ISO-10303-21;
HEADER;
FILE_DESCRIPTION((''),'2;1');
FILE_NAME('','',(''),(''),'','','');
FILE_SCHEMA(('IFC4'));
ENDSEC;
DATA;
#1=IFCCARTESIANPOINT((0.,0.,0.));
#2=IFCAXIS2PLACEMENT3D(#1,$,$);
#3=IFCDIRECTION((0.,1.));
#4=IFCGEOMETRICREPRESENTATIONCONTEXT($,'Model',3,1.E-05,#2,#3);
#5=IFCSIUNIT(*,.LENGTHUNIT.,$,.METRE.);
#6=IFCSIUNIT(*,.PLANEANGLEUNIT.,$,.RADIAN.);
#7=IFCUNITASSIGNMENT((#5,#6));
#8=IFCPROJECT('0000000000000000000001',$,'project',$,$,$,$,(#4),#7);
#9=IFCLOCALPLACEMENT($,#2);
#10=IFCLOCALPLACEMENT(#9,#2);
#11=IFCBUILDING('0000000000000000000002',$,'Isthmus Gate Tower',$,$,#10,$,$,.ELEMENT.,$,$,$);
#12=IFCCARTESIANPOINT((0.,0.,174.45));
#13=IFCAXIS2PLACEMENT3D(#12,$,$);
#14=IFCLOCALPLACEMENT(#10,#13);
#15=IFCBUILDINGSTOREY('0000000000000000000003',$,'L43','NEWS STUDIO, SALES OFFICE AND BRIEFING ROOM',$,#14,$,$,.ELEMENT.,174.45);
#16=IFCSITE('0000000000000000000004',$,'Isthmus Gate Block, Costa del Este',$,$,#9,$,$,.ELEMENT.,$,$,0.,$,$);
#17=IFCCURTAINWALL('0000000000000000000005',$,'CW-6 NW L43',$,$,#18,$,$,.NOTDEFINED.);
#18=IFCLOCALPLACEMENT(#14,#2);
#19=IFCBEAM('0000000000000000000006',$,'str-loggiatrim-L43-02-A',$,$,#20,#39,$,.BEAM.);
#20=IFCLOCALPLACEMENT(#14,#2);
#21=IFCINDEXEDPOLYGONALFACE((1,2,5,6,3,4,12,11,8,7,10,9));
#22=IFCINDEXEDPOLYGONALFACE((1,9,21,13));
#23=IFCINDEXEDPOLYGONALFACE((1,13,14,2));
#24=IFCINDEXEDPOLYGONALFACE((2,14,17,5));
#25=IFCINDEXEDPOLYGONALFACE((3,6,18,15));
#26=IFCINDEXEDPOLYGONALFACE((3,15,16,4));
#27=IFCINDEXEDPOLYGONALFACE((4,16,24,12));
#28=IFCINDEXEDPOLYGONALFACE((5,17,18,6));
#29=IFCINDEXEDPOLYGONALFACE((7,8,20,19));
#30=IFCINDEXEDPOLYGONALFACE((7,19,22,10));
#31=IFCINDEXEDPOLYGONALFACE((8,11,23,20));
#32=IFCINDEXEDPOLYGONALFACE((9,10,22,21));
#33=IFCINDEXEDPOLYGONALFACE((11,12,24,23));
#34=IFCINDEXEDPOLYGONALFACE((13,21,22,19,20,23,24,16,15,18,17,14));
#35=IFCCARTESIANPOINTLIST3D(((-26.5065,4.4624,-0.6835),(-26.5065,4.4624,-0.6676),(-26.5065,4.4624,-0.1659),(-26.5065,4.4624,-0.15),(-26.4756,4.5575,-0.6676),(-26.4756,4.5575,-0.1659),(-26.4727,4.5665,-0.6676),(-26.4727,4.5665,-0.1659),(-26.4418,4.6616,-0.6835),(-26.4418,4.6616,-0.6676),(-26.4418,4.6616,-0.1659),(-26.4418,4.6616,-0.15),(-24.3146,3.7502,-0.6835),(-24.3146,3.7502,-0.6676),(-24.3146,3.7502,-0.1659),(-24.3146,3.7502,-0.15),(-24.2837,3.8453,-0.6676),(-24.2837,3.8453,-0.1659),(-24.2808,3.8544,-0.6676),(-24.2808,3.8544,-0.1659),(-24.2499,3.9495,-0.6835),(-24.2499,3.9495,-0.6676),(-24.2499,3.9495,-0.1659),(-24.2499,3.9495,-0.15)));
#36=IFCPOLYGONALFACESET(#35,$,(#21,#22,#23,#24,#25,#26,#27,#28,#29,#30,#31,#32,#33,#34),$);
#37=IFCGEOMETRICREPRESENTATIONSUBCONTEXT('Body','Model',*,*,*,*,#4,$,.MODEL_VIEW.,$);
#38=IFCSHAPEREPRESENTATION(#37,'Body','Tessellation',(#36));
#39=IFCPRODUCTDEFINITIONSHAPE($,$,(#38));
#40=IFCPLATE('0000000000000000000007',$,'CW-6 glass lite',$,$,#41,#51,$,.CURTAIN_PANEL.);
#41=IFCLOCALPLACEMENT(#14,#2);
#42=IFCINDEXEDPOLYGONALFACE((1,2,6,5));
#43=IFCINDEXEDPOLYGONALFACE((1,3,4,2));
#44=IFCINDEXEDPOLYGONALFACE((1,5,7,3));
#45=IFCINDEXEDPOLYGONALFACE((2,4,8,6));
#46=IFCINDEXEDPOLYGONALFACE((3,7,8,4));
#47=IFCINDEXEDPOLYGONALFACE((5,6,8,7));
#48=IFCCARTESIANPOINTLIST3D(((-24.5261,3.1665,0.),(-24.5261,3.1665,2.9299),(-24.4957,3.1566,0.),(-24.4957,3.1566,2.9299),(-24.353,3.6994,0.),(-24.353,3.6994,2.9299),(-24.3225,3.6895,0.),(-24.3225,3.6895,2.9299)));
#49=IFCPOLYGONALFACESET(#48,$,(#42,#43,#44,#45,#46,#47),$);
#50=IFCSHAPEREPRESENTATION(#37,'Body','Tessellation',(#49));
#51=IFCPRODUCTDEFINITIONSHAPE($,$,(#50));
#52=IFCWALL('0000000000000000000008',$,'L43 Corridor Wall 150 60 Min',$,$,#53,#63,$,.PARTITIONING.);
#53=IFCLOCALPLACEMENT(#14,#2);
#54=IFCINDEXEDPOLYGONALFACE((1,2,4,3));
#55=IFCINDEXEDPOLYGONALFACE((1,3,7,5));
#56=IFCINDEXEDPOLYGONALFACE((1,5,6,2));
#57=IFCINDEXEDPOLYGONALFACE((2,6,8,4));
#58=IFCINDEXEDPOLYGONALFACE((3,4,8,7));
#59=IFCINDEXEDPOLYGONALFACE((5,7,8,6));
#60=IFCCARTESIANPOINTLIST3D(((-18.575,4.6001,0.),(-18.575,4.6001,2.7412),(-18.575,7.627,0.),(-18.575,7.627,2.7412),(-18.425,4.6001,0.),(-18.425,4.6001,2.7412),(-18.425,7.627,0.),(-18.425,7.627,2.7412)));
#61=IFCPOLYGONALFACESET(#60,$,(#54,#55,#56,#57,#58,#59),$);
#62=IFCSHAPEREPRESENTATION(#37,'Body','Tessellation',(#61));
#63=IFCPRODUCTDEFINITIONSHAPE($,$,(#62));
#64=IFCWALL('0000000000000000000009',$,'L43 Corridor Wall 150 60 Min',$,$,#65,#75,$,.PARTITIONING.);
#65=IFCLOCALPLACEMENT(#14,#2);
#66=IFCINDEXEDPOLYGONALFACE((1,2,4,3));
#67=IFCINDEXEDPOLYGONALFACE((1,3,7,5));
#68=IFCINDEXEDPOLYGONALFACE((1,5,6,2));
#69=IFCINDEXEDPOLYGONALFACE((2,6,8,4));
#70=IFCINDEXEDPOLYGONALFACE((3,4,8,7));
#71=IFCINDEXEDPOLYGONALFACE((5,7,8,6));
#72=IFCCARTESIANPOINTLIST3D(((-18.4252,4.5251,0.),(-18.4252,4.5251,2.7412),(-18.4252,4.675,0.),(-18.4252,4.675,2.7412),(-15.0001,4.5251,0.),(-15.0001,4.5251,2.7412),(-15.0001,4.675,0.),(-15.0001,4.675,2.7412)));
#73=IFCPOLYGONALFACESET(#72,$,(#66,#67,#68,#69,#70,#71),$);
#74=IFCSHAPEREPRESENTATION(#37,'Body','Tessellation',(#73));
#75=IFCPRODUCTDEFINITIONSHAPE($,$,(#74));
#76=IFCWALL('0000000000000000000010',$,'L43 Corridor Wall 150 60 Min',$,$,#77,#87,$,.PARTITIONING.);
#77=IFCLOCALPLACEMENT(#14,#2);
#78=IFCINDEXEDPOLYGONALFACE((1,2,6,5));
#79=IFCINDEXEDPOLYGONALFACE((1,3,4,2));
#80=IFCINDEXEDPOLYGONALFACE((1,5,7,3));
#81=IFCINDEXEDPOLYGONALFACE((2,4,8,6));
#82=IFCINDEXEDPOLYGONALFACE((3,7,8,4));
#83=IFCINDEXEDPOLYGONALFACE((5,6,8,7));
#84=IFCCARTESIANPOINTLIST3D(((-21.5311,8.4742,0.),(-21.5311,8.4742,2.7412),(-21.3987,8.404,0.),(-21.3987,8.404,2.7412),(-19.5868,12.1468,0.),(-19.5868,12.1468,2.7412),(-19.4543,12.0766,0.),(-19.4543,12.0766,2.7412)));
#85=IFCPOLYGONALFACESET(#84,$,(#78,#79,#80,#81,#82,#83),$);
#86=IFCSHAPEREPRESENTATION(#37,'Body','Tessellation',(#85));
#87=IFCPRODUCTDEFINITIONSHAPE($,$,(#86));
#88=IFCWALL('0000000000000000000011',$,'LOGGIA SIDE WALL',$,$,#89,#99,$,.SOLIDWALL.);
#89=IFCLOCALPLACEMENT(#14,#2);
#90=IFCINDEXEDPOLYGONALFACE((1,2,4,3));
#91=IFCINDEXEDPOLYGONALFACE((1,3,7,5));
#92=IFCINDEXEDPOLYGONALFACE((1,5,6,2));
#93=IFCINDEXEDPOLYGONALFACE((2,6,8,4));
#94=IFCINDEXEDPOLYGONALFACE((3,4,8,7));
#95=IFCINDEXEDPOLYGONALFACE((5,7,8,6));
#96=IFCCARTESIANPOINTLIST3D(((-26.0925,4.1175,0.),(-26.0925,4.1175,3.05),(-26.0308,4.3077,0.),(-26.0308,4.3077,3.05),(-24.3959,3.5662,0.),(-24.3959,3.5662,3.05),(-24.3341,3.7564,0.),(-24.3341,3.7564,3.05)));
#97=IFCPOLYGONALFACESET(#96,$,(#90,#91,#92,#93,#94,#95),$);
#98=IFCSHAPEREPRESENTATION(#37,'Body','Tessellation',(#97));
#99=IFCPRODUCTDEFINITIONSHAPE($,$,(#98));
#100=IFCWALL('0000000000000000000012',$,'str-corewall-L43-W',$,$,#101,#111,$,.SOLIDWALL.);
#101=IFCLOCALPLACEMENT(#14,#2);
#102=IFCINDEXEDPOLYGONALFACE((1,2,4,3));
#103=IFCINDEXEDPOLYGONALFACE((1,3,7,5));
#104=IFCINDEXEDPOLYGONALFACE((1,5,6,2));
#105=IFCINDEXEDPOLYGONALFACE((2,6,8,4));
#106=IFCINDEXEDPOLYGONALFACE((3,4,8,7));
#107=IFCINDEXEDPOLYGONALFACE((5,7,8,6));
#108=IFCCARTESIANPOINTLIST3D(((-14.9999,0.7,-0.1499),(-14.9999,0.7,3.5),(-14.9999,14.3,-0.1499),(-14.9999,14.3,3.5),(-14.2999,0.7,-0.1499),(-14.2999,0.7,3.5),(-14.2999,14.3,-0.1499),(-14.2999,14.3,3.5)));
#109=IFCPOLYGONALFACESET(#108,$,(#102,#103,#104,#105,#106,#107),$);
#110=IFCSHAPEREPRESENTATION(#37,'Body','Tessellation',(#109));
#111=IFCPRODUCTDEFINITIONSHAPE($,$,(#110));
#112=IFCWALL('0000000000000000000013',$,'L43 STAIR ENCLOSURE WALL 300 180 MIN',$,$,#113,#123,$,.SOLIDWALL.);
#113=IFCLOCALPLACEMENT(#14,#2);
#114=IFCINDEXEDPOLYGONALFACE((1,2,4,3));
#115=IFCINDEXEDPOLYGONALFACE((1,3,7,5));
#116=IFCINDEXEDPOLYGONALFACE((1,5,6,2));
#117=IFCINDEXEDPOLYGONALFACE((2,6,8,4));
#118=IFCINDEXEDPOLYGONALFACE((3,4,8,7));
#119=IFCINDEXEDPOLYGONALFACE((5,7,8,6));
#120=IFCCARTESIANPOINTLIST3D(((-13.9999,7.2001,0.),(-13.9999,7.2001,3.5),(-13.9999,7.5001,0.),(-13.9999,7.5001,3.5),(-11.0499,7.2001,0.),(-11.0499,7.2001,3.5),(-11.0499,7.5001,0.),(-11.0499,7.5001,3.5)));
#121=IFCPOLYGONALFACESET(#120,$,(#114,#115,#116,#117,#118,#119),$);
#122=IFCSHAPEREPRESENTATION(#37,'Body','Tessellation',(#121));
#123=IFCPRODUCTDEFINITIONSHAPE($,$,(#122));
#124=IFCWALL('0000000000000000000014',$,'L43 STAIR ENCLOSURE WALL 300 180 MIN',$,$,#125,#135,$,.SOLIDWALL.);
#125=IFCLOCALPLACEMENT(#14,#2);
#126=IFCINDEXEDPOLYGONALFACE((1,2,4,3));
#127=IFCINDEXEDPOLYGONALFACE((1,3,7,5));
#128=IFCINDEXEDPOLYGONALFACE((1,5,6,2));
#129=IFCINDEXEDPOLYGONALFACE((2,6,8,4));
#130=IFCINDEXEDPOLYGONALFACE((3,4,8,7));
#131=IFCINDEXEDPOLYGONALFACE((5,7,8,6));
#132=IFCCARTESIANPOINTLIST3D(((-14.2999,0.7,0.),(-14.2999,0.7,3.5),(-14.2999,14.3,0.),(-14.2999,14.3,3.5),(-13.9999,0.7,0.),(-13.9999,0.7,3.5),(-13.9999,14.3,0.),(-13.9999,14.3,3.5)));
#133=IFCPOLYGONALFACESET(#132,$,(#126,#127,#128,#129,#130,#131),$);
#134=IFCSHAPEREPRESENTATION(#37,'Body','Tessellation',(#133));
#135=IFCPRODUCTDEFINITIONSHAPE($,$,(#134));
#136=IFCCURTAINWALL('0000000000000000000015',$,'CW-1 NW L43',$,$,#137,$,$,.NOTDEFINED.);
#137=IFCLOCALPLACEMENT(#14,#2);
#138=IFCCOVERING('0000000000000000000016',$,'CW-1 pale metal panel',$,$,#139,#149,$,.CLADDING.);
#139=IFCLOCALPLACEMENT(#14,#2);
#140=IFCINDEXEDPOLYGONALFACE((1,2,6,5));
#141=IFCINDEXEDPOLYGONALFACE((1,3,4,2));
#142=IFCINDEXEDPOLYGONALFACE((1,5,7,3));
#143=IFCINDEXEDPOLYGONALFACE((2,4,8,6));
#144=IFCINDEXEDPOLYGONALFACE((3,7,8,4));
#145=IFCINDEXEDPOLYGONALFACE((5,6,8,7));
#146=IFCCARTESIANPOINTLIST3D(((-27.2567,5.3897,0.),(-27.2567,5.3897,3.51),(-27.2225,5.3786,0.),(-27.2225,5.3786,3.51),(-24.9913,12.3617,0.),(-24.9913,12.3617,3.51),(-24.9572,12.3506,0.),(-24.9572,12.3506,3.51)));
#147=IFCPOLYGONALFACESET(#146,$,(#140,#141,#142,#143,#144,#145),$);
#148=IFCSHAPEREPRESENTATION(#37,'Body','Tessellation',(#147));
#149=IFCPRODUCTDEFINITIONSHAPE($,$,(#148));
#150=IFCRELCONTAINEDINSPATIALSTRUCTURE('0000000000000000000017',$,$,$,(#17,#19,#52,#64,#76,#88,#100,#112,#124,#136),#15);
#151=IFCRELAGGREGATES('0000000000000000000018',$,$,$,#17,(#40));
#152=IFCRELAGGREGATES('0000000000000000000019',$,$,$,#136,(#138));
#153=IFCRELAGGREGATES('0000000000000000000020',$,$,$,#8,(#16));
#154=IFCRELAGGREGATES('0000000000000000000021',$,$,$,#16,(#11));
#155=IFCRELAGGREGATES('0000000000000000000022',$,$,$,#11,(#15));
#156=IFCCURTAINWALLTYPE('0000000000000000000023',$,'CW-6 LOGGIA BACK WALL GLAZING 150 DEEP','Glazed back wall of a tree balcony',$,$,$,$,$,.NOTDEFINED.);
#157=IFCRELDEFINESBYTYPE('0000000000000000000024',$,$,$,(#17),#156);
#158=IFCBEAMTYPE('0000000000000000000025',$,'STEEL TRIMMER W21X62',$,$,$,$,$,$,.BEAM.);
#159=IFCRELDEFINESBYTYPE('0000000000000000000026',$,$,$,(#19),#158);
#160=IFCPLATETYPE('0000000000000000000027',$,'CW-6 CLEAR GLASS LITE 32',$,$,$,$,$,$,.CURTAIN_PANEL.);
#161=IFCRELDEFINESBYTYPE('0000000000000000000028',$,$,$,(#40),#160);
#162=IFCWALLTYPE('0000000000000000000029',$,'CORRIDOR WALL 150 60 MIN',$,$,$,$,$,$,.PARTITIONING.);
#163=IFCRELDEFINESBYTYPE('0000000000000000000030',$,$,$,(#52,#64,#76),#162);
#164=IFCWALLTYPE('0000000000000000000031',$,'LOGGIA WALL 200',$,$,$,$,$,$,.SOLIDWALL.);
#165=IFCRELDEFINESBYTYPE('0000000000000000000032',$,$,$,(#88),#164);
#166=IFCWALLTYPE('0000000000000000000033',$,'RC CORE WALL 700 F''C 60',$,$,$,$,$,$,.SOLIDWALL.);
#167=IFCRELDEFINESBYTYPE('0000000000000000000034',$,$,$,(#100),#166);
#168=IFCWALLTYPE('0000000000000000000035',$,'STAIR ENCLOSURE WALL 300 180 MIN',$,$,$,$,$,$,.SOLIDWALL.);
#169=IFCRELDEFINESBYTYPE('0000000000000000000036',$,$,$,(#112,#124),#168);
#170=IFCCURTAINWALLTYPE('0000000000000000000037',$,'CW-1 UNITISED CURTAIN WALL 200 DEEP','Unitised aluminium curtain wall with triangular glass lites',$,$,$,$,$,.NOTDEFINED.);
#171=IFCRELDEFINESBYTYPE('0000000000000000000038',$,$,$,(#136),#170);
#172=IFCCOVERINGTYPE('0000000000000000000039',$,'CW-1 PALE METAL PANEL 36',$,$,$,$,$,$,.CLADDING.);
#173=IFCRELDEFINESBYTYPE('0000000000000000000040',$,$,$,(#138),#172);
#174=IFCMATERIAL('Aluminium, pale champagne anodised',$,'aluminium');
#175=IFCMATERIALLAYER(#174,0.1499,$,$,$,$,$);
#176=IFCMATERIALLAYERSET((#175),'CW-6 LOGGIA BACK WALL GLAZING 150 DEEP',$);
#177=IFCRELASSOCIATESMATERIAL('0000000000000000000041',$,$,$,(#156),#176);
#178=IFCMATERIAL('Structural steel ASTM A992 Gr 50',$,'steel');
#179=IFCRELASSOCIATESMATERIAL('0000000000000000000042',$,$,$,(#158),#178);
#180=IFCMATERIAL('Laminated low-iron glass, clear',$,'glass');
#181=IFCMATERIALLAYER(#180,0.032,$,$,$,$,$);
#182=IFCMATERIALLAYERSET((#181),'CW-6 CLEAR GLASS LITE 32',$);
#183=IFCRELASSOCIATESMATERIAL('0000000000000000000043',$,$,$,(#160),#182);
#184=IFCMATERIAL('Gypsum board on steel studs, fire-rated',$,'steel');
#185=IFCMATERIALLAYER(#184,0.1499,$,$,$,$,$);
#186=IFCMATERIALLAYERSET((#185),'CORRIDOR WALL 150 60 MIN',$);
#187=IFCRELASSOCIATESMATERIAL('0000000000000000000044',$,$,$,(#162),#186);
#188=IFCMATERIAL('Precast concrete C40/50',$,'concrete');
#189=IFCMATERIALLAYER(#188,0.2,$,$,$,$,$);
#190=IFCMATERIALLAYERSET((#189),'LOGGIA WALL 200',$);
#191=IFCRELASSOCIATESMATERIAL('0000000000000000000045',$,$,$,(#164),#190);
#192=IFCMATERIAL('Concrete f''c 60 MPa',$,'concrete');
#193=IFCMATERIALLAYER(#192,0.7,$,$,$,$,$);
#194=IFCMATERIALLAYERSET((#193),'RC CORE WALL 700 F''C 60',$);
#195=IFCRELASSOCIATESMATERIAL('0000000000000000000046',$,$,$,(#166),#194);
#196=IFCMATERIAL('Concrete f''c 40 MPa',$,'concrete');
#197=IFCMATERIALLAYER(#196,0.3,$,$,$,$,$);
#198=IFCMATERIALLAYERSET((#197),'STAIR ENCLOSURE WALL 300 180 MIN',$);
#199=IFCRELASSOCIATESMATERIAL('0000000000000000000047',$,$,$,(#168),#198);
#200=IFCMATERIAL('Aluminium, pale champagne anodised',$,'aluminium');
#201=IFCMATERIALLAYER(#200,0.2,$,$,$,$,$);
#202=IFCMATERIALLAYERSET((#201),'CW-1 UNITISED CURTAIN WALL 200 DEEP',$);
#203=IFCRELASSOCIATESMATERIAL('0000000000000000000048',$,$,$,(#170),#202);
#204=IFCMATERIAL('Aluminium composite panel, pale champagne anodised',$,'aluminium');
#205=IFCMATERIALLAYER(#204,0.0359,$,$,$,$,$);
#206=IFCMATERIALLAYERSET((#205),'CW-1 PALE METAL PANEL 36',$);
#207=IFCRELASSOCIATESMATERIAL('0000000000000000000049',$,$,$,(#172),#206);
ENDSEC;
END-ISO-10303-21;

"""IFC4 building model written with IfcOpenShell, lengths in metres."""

from ifc_helpers import new_model, si_unit, direction, frame, frame_2d, origin, origin_2d, place, context, subcontext, project, spatial, rectangle, i_section, extrude, material, layer, layer_set, material_profile, profile_set, type_object, element, aggregate, save


model = new_model("IFC4")

# Units and contexts
model_context = context("Model", 3, precision=1e-05, world=origin(), true_north=direction((0.0, 1.0)))
body_context = subcontext(model_context, "Body", "Model", "MODEL_VIEW")
ifc_project = project(units=[si_unit("LENGTHUNIT", "METRE"), si_unit("PLANEANGLEUNIT", "RADIAN")], contexts=[model_context])

# Site, building, storey
site_placement = place(None, origin())
site = spatial("IfcSite", under=ifc_project, at=site_placement, Name="Isthmus Gate Block, Costa del Este", CompositionType="ELEMENT", RefElevation=0.0)
building_placement = place(site_placement, origin())
building = spatial("IfcBuilding", under=site, at=building_placement, Name="Isthmus Gate Tower", CompositionType="ELEMENT")
storey_placement = place(building_placement, frame((0.0, 0.0, 174.45)))
storey = spatial("IfcBuildingStorey", under=building, at=storey_placement, Name="L43", Description="NEWS STUDIO, SALES OFFICE AND BRIEFING ROOM", CompositionType="ELEMENT", Elevation=174.45)

# Curtain wall
ifc_material_1 = material(Name="Aluminium, pale champagne anodised", Category="aluminium")
ifc_layer_1 = layer(ifc_material_1, 0.1499)
ifc_layer_set_1 = layer_set([ifc_layer_1], Name="CW-6 LOGGIA BACK WALL GLAZING 150 DEEP")
curtain_wall_type_1 = type_object("IfcCurtainWallType", Name="CW-6 LOGGIA BACK WALL GLAZING 150 DEEP", Description="Glazed back wall of a tree balcony", PredefinedType="NOTDEFINED", material=ifc_layer_set_1)
curtain_wall_1_placement = place(storey_placement, origin())
curtain_wall_1 = element("IfcCurtainWall", 1, at=curtain_wall_1_placement, inside=storey, type_object=curtain_wall_type_1, Name="CW-6 NW L43", PredefinedType="NOTDEFINED")

# Beam
ifc_material_2 = material(Name="Structural steel ASTM A992 Gr 50", Category="steel")
ifc_material_profile_1 = material_profile(ifc_material_2, i_section(OverallWidth=0.2095, OverallDepth=0.5334, WebThickness=0.0095, FlangeThickness=0.0159, at=origin_2d()), Name="W21X62")
ifc_profile_set_1 = profile_set([ifc_material_profile_1], Name="Structural steel ASTM A992 Gr 50")
beam_type_1 = type_object("IfcBeamType", Name="STEEL TRIMMER W21X62", PredefinedType="BEAM", material=ifc_profile_set_1)
beam_1_placement = place(storey_placement, frame((-26.4741, 4.562, -0.4167), z_axis=(0.951061, -0.309005, 0.0), x_axis=(0.309005, 0.951061, 0.0)))
element("IfcBeam", 2, at=beam_1_placement, inside=storey, type_object=beam_type_1, Name="str-loggiatrim-L43-02-A", PredefinedType="BEAM", context=body_context, shape_type="SweptSolid", body=[
    extrude(i_section(OverallWidth=0.2095, OverallDepth=0.5334, WebThickness=0.0095, FlangeThickness=0.0159, at=origin_2d()), origin(), (0.0, 0.0, 1.0), 2.3047),
])

# Plate
ifc_material_3 = material(Name="Laminated low-iron glass, clear", Category="glass")
ifc_layer_2 = layer(ifc_material_3, 0.032)
ifc_layer_set_2 = layer_set([ifc_layer_2], Name="CW-6 CLEAR GLASS LITE 32")
plate_type = type_object("IfcPlateType", Name="CW-6 CLEAR GLASS LITE 32", PredefinedType="CURTAIN_PANEL", material=ifc_layer_set_2)
plate_placement = place(storey_placement, frame((-24.4243, 3.428, 0.0), z_axis=(0.0, 0.0, 1.0), x_axis=(-0.309017, -0.951057, 0.0)))
plate = element("IfcPlate", 3, at=plate_placement, type_object=plate_type, Name="CW-6 glass lite", PredefinedType="CURTAIN_PANEL", context=body_context, shape_type="SweptSolid", body=[
    extrude(rectangle(XDim=0.5603, YDim=0.032, at=origin_2d()), origin(), (0.0, 0.0, 1.0), 2.9299),
])
aggregate(curtain_wall_1, [plate])

# Walls
ifc_material_4 = material(Name="Gypsum board on steel studs, fire-rated", Category="steel")
ifc_layer_3 = layer(ifc_material_4, 0.1499)
ifc_layer_set_3 = layer_set([ifc_layer_3], Name="CORRIDOR WALL 150 60 MIN")
wall_type_1 = type_object("IfcWallType", Name="CORRIDOR WALL 150 60 MIN", PredefinedType="PARTITIONING", material=ifc_layer_set_3)
wall_1_placement = place(storey_placement, frame((-18.5, 7.627, 0.0), z_axis=(0.0, 0.0, 1.0), x_axis=(0.0, -1.0, 0.0)))
element("IfcWall", 4, at=wall_1_placement, inside=storey, type_object=wall_type_1, Name="L43 Corridor Wall 150 60 Min", PredefinedType="PARTITIONING", context=body_context, shape_type="SweptSolid", body=[
    extrude(rectangle(XDim=3.0269, YDim=0.1499, at=frame_2d((1.5134, 0.0))), origin(), (0.0, 0.0, 1.0), 2.7412),
])
wall_2_placement = place(storey_placement, frame((-18.425, 4.6001, 0.0), z_axis=(0.0, 0.0, 1.0), x_axis=(1.0, 0.0, 0.0)))
element("IfcWall", 5, at=wall_2_placement, inside=storey, type_object=wall_type_1, Name="L43 Corridor Wall 150 60 Min", PredefinedType="PARTITIONING", context=body_context, shape_type="SweptSolid", body=[
    extrude(rectangle(XDim=3.425, YDim=0.1499, at=frame_2d((1.7124, 0.0))), origin(), (0.0, 0.0, 1.0), 2.7412),
])
wall_3_placement = place(storey_placement, frame((-21.4648, 8.4392, 0.0), z_axis=(0.0, 0.0, 1.0), x_axis=(0.46789, 0.883786, 0.0)))
element("IfcWall", 6, at=wall_3_placement, inside=storey, type_object=wall_type_1, Name="L43 Corridor Wall 150 60 Min", PredefinedType="PARTITIONING", context=body_context, shape_type="SweptSolid", body=[
    extrude(rectangle(XDim=4.1555, YDim=0.1499, at=frame_2d((2.0776, 0.0))), origin(), (0.0, 0.0, 1.0), 2.7412),
])

# Shared definitions
ifc_material_5 = material(Name="Precast concrete C40/50", Category="concrete")
ifc_layer_4 = layer(ifc_material_5, 0.2)
ifc_layer_set_4 = layer_set([ifc_layer_4], Name="LOGGIA WALL 200")
wall_type_2 = type_object("IfcWallType", Name="LOGGIA WALL 200", PredefinedType="SOLIDWALL", material=ifc_layer_set_4)

# Walls
wall_4_placement = place(storey_placement, frame((-26.0618, 4.2126, 0.0), z_axis=(0.0, 0.0, 1.0), x_axis=(0.951051, -0.309033, 0.0)))
element("IfcWall", 7, at=wall_4_placement, inside=storey, type_object=wall_type_2, Name="LOGGIA SIDE WALL", PredefinedType="SOLIDWALL", context=body_context, shape_type="SweptSolid", body=[
    extrude(rectangle(XDim=1.7839, YDim=0.2, at=frame_2d((0.8921, 0.0))), origin(), (0.0, 0.0, 1.0), 3.05),
])
ifc_material_6 = material(Name="Concrete f'c 60 MPa", Category="concrete")
ifc_layer_5 = layer(ifc_material_6, 0.7)
ifc_layer_set_5 = layer_set([ifc_layer_5], Name="RC CORE WALL 700 F'C 60")
wall_type_3 = type_object("IfcWallType", Name="RC CORE WALL 700 F'C 60", PredefinedType="SOLIDWALL", material=ifc_layer_set_5)
wall_5_placement = place(storey_placement, frame((-14.6499, 0.7, -0.1499), z_axis=(0.0, 0.0, 1.0), x_axis=(0.0, 1.0, 0.0)))
element("IfcWall", 8, at=wall_5_placement, inside=storey, type_object=wall_type_3, Name="str-corewall-L43-W", PredefinedType="SOLIDWALL", context=body_context, shape_type="SweptSolid", body=[
    extrude(rectangle(XDim=13.6001, YDim=0.7, at=frame_2d((6.8, 0.0))), origin(), (0.0, 0.0, 1.0), 3.6499),
])
ifc_material_7 = material(Name="Concrete f'c 40 MPa", Category="concrete")
ifc_layer_6 = layer(ifc_material_7, 0.3)
ifc_layer_set_6 = layer_set([ifc_layer_6], Name="STAIR ENCLOSURE WALL 300 180 MIN")
wall_type_4 = type_object("IfcWallType", Name="STAIR ENCLOSURE WALL 300 180 MIN", PredefinedType="SOLIDWALL", material=ifc_layer_set_6)
wall_6_placement = place(storey_placement, frame((-14.0, 7.3501, 0.0), z_axis=(0.0, 0.0, 1.0), x_axis=(1.0, 0.0, 0.0)))
element("IfcWall", 9, at=wall_6_placement, inside=storey, type_object=wall_type_4, Name="L43 STAIR ENCLOSURE WALL 300 180 MIN", PredefinedType="SOLIDWALL", context=body_context, shape_type="SweptSolid", body=[
    extrude(rectangle(XDim=2.95, YDim=0.3, at=frame_2d((1.4751, 0.0))), origin(), (0.0, 0.0, 1.0), 3.5),
])
wall_7_placement = place(storey_placement, frame((-14.1499, 0.7, 0.0), z_axis=(0.0, 0.0, 1.0), x_axis=(0.0, 1.0, 0.0)))
element("IfcWall", 10, at=wall_7_placement, inside=storey, type_object=wall_type_4, Name="L43 STAIR ENCLOSURE WALL 300 180 MIN", PredefinedType="SOLIDWALL", context=body_context, shape_type="SweptSolid", body=[
    extrude(rectangle(XDim=13.6001, YDim=0.3, at=frame_2d((6.8, 0.0))), origin(), (0.0, 0.0, 1.0), 3.5),
])

# Curtain wall, covering
ifc_material_8 = material(Name="Aluminium, pale champagne anodised", Category="aluminium")
ifc_layer_7 = layer(ifc_material_8, 0.2)
ifc_layer_set_7 = layer_set([ifc_layer_7], Name="CW-1 UNITISED CURTAIN WALL 200 DEEP")
curtain_wall_type_2 = type_object("IfcCurtainWallType", Name="CW-1 UNITISED CURTAIN WALL 200 DEEP", Description="Unitised aluminium curtain wall with triangular glass lites", PredefinedType="NOTDEFINED", material=ifc_layer_set_7)
curtain_wall_2_placement = place(storey_placement, origin())
curtain_wall_2 = element("IfcCurtainWall", 11, at=curtain_wall_2_placement, inside=storey, type_object=curtain_wall_type_2, Name="CW-1 NW L43", PredefinedType="NOTDEFINED")
ifc_material_9 = material(Name="Aluminium composite panel, pale champagne anodised", Category="aluminium")
ifc_layer_8 = layer(ifc_material_9, 0.0359)
ifc_layer_set_8 = layer_set([ifc_layer_8], Name="CW-1 PALE METAL PANEL 36")
covering_type = type_object("IfcCoveringType", Name="CW-1 PALE METAL PANEL 36", PredefinedType="CLADDING", material=ifc_layer_set_8)
covering_placement = place(storey_placement, frame((-26.1069, 8.8701, 0.0), z_axis=(0.0, 0.0, 1.0), x_axis=(-0.309017, -0.951057, 0.0)))
covering = element("IfcCovering", 12, at=covering_placement, type_object=covering_type, Name="CW-1 pale metal panel", PredefinedType="CLADDING", context=body_context, shape_type="SweptSolid", body=[
    extrude(rectangle(XDim=7.3308, YDim=0.0359, at=origin_2d()), origin(), (0.0, 0.0, 1.0), 3.51),
])
aggregate(curtain_wall_2, [covering])

save(model, "model.ifc")
